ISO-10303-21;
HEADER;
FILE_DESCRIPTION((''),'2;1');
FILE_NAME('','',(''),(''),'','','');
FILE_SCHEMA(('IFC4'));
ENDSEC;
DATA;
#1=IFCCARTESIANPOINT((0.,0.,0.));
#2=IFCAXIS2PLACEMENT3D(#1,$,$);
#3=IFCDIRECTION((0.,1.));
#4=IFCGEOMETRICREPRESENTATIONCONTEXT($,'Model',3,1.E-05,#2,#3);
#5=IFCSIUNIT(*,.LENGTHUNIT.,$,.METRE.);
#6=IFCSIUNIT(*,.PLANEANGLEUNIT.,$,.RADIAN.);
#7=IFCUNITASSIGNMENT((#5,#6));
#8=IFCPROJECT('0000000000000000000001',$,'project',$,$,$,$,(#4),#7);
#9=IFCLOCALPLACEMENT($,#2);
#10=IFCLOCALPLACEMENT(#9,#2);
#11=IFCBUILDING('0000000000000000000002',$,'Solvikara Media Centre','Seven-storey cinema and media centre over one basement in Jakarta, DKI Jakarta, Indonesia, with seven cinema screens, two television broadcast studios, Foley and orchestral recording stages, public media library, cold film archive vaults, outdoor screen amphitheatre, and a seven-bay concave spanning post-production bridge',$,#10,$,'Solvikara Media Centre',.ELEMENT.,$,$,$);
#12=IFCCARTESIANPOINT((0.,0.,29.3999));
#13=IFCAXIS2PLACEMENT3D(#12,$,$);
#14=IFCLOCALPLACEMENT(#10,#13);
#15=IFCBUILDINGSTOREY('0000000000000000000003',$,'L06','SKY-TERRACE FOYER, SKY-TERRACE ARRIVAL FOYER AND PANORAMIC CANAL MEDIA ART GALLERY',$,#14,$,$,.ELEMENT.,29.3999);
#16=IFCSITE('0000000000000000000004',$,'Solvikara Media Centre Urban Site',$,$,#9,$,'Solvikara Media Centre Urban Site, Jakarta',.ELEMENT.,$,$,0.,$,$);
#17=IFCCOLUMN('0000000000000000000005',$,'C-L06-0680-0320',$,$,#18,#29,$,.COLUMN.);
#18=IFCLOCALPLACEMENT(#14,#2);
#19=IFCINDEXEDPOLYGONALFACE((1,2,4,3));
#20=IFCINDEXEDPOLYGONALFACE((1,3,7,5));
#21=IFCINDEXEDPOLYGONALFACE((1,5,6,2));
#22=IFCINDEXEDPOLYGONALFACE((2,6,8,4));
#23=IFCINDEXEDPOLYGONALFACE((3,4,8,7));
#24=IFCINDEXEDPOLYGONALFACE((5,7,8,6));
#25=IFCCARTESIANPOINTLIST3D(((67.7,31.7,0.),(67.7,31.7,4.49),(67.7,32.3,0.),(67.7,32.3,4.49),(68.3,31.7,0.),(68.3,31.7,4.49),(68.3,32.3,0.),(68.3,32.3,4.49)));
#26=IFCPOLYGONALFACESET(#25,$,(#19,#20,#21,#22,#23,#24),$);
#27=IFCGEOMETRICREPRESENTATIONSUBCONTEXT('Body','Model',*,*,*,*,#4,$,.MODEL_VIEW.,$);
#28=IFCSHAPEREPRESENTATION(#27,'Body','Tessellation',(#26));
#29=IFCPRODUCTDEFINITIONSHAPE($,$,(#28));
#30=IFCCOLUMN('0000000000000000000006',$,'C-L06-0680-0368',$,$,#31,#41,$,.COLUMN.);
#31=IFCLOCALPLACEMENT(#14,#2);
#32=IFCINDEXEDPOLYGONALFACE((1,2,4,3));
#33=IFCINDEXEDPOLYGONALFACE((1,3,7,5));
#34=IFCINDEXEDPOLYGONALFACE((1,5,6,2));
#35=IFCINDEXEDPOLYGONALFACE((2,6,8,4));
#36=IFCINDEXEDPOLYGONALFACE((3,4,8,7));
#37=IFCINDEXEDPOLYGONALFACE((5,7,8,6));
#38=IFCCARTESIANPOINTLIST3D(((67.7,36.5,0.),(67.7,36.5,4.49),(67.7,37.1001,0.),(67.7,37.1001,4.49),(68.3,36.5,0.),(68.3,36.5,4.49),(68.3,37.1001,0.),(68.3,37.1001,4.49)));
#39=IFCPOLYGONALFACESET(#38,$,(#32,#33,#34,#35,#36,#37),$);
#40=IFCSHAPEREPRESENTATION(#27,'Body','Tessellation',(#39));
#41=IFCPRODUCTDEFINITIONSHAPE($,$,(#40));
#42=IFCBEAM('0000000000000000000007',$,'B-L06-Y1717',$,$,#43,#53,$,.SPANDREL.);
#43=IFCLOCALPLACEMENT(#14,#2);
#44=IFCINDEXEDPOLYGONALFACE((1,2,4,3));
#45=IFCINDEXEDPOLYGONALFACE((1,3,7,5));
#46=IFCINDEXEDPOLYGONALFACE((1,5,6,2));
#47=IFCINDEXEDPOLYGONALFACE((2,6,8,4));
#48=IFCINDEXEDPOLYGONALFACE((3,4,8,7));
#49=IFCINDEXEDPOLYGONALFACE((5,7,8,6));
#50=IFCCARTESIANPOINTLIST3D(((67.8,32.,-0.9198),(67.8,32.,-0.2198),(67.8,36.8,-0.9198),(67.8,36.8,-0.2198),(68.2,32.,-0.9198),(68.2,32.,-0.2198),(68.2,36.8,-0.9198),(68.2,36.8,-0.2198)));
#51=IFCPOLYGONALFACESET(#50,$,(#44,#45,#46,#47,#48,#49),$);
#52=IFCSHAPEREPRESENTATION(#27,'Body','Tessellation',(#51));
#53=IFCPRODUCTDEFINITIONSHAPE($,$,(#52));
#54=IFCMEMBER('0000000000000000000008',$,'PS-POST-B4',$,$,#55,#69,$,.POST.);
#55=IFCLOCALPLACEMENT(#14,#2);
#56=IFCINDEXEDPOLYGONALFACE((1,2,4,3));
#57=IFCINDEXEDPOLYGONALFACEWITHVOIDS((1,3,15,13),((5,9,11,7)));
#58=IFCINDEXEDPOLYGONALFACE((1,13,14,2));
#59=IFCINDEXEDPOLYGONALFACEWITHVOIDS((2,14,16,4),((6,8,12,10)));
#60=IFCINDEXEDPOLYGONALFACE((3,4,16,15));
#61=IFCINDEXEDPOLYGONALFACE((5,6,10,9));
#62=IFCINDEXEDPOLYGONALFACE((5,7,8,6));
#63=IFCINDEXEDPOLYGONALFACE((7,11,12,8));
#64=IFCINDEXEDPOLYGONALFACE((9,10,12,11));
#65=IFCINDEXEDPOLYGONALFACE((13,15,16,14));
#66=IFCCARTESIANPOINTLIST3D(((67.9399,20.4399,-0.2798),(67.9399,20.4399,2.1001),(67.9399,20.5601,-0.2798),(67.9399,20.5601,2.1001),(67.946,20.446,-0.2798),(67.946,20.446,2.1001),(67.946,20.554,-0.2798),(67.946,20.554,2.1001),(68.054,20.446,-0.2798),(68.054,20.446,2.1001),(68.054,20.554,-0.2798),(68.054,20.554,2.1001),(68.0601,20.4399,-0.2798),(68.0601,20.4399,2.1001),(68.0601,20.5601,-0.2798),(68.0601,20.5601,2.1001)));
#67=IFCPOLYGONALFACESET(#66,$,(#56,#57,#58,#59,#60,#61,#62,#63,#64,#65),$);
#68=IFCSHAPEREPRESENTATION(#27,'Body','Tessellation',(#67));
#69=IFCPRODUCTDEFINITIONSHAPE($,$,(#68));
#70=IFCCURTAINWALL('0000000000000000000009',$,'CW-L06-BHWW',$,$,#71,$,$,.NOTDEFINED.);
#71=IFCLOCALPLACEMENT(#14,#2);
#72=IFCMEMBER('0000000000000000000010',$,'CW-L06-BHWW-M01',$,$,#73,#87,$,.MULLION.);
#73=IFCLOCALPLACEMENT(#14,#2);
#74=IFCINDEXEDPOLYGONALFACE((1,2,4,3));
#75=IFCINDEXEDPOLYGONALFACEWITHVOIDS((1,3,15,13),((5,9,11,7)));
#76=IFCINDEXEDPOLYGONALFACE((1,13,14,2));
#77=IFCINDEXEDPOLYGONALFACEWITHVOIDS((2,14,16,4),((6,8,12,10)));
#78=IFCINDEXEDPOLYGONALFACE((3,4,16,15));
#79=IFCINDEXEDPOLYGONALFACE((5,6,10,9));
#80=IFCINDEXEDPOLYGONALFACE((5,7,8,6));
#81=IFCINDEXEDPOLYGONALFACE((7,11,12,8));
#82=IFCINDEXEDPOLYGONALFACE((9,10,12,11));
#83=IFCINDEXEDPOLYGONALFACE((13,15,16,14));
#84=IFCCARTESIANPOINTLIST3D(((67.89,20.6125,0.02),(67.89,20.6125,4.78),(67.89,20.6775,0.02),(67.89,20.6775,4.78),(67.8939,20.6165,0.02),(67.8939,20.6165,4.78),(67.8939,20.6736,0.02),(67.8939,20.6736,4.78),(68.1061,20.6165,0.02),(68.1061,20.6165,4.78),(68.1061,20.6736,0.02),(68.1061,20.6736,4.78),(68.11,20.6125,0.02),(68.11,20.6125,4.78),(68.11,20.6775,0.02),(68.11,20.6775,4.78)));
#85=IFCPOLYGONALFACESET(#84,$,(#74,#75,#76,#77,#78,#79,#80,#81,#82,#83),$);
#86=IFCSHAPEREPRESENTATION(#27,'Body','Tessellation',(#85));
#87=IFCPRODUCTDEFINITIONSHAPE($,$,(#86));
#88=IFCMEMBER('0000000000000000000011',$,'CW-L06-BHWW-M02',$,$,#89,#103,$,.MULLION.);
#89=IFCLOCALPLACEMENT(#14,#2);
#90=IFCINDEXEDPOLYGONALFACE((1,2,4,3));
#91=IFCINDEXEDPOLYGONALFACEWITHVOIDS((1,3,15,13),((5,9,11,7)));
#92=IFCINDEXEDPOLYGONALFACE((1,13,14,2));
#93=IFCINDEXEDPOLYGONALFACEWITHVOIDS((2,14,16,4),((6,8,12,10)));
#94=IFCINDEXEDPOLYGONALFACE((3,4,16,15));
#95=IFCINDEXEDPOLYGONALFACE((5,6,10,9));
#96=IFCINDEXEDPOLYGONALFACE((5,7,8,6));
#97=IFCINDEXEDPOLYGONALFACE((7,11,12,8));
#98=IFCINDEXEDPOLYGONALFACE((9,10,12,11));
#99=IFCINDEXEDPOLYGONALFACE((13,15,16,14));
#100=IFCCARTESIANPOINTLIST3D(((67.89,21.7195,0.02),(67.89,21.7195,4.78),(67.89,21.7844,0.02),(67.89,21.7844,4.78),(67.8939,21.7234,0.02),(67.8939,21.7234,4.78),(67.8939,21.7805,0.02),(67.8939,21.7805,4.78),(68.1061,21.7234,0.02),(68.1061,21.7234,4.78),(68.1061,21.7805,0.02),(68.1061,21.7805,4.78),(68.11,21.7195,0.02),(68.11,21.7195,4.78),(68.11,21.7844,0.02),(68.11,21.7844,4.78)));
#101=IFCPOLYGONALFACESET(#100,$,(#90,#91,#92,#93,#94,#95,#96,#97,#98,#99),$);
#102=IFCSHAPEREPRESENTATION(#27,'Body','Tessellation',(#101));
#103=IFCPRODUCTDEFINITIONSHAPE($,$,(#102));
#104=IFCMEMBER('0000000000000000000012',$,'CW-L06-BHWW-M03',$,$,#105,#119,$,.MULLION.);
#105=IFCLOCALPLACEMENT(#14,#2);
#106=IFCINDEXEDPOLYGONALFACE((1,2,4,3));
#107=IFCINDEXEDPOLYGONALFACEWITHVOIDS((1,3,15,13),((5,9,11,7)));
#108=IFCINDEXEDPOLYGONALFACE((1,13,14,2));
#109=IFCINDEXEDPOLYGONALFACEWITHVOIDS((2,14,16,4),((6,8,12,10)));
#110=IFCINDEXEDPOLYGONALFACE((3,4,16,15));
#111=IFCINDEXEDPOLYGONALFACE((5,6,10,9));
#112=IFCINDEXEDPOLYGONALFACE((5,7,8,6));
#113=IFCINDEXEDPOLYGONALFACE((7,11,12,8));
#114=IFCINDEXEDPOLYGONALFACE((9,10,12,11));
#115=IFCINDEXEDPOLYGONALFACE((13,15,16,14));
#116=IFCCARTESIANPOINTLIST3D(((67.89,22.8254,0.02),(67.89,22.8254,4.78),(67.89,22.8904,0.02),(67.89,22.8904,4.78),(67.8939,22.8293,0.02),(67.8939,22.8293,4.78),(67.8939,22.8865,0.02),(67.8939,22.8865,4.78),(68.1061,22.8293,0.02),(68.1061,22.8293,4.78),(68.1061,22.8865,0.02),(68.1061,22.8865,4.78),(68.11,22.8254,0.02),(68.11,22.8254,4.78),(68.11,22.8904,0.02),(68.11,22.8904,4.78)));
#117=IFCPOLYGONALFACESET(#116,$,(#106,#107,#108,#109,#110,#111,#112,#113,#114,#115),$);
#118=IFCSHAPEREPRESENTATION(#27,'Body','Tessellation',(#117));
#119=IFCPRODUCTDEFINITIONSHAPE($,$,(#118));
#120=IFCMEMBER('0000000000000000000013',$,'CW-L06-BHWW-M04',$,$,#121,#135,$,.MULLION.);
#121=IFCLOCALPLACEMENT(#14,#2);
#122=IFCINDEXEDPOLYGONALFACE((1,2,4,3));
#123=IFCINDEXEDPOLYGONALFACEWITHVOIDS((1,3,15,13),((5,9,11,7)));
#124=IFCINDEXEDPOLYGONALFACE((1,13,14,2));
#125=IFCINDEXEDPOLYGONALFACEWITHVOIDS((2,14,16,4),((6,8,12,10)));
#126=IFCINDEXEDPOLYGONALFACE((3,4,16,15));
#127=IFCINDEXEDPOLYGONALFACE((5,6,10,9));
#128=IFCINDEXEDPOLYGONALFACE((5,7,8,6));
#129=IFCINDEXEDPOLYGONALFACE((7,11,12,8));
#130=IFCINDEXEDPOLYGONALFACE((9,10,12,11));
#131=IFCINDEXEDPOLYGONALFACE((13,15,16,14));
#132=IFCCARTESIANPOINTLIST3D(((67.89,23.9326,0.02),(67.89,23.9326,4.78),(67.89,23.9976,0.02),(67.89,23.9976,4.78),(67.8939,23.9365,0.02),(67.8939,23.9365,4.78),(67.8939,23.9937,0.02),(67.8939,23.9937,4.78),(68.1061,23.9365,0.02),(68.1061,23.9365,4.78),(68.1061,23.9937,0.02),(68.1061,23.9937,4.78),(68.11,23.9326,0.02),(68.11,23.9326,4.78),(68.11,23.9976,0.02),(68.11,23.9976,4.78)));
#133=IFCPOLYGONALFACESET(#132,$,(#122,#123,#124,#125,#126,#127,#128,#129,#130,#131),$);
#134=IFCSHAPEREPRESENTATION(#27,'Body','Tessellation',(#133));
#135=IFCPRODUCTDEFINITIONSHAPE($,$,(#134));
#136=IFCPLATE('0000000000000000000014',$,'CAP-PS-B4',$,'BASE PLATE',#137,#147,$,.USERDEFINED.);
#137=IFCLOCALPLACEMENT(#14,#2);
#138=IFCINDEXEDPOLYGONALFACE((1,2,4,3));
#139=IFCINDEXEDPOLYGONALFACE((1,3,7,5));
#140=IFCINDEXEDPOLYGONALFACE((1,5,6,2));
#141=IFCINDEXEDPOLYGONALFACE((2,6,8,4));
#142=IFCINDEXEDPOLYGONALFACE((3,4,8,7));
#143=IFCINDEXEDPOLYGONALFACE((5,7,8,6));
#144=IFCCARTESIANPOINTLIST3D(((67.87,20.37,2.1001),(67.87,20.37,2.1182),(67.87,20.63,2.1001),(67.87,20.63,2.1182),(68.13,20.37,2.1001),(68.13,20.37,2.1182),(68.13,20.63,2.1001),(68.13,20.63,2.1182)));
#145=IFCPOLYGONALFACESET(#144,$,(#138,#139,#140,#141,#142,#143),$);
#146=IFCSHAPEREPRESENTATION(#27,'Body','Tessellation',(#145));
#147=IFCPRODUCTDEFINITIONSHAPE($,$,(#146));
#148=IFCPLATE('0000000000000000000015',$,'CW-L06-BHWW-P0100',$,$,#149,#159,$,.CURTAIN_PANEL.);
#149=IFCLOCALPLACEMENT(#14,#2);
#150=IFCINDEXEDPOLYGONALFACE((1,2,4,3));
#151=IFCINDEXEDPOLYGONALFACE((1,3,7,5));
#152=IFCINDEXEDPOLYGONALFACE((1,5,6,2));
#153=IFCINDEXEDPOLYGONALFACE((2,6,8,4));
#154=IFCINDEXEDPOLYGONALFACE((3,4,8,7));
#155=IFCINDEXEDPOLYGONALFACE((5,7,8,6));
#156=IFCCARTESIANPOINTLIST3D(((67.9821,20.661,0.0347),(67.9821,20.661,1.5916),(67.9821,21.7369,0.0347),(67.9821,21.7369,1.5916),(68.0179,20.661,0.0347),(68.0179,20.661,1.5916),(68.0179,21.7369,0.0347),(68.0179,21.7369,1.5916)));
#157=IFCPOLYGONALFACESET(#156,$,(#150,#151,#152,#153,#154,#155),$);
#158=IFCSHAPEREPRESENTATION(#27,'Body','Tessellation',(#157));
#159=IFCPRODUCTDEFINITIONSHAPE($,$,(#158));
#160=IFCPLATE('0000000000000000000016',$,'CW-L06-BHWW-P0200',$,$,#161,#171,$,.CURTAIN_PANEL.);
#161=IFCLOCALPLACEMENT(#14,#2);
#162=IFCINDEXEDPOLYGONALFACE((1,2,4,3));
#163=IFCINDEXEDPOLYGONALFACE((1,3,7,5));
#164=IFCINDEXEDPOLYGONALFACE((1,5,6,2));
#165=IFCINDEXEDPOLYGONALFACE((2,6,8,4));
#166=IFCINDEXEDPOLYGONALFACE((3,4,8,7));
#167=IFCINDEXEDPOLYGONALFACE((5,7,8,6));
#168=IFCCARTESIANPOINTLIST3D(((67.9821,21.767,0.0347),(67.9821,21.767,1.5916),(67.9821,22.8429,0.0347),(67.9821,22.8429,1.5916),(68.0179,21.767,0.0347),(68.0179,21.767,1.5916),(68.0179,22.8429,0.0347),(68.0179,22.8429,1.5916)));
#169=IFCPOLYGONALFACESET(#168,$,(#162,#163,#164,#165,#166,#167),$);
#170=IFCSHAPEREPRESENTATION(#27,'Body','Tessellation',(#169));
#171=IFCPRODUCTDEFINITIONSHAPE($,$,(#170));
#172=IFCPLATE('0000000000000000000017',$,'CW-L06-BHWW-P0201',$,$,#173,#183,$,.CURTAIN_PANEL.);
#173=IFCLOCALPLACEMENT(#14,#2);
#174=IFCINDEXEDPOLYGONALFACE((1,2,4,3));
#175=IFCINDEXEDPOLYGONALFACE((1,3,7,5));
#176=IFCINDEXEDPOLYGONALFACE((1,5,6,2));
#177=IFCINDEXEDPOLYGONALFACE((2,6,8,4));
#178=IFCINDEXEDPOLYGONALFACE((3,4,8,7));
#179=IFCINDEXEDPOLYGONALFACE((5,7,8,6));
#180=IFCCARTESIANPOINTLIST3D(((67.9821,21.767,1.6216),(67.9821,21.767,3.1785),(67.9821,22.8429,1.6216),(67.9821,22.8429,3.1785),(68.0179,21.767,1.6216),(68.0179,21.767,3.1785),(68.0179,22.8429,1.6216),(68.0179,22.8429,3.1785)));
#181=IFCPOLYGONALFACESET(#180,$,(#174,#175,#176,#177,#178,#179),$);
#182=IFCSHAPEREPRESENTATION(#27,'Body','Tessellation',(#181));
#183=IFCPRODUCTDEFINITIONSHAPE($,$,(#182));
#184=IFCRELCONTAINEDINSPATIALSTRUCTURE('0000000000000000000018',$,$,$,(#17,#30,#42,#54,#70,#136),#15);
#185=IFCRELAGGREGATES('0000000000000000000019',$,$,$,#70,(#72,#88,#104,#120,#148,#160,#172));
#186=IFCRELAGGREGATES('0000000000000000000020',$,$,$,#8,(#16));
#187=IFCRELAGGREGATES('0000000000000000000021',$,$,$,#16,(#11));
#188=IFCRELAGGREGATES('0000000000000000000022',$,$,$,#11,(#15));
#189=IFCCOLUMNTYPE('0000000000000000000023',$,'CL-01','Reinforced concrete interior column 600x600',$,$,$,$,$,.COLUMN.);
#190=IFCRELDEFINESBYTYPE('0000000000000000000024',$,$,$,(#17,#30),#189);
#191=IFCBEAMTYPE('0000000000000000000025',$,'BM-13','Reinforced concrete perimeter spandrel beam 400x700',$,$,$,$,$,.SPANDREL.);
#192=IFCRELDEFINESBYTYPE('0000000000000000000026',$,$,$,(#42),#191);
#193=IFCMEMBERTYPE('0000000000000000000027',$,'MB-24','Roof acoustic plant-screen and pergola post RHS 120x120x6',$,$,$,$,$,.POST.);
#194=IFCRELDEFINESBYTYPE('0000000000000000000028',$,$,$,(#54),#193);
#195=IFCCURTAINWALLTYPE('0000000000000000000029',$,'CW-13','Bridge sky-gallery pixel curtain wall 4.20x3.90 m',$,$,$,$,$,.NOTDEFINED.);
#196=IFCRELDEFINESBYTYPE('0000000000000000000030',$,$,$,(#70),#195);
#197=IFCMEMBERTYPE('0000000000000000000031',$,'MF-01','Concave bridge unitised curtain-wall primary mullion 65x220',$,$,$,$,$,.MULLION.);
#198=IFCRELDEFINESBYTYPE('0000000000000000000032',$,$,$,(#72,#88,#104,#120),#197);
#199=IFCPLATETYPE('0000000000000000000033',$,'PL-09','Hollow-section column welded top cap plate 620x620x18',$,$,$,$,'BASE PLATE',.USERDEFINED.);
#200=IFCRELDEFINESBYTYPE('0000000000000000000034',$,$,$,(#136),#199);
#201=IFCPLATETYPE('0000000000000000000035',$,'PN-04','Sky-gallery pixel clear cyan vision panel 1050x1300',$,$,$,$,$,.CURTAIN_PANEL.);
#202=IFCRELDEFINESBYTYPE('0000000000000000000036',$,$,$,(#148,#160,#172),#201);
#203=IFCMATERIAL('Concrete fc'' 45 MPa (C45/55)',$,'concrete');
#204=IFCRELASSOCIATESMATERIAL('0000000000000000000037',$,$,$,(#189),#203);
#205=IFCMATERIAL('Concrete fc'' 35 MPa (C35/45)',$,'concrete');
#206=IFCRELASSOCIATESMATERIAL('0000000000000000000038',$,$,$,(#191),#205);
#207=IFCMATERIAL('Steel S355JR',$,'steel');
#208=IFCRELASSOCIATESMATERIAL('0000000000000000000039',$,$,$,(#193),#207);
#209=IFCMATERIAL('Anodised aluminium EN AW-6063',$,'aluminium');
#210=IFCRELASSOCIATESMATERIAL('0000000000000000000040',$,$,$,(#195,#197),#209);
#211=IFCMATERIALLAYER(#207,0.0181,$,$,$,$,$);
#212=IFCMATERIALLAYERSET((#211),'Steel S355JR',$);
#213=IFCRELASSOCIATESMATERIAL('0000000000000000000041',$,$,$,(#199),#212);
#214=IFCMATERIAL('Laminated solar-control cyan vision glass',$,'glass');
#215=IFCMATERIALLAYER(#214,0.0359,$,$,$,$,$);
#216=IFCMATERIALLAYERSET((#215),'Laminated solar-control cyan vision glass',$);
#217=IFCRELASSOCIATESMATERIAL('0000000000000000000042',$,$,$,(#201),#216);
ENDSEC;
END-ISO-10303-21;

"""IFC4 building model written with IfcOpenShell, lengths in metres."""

from ifc_helpers import new_model, si_unit, direction, frame, origin, origin_2d, place, context, subcontext, project, spatial, rectangle, hollow_rectangle, extrude, material, layer, layer_set, material_profile, profile_set, type_object, element, aggregate, save


model = new_model("IFC4")

# Units and contexts
model_context = context("Model", 3, precision=1e-05, world=origin(), true_north=direction((0.0, 1.0)))
body_context = subcontext(model_context, "Body", "Model", "MODEL_VIEW")
ifc_project = project(units=[si_unit("LENGTHUNIT", "METRE"), si_unit("PLANEANGLEUNIT", "RADIAN")], contexts=[model_context])

# Site, building, storey
site_placement = place(None, origin())
site = spatial("IfcSite", under=ifc_project, at=site_placement, Name="Solvikara Media Centre Urban Site", LongName="Solvikara Media Centre Urban Site, Jakarta", CompositionType="ELEMENT", RefElevation=0.0)
building_placement = place(site_placement, origin())
building = spatial("IfcBuilding", under=site, at=building_placement, Name="Solvikara Media Centre", Description="Seven-storey cinema and media centre over one basement in Jakarta, DKI Jakarta, Indonesia, with seven cinema screens, two television broadcast studios, Foley and orchestral recording stages, public media library, cold film archive vaults, outdoor screen amphitheatre, and a seven-bay concave spanning post-production bridge", LongName="Solvikara Media Centre", CompositionType="ELEMENT")
storey_placement = place(building_placement, frame((0.0, 0.0, 29.3999)))
storey = spatial("IfcBuildingStorey", under=building, at=storey_placement, Name="L06", Description="SKY-TERRACE FOYER, SKY-TERRACE ARRIVAL FOYER AND PANORAMIC CANAL MEDIA ART GALLERY", CompositionType="ELEMENT", Elevation=29.3999)

# Columns
ifc_material_1 = material(Name="Concrete fc' 45 MPa (C45/55)", Category="concrete")
ifc_material_profile_1 = material_profile(ifc_material_1, rectangle(XDim=0.6001, YDim=0.6001, at=origin_2d()), Name="RC 600x600")
ifc_profile_set_1 = profile_set([ifc_material_profile_1], Name="Concrete fc' 45 MPa (C45/55)")
column_type = type_object("IfcColumnType", Name="CL-01", Description="Reinforced concrete interior column 600x600", PredefinedType="COLUMN", material=ifc_profile_set_1)
for number, where, z_axis, x_axis, name in (
    (1, (68.0, 32.0, 0.0), (0.0, 0.0, 1.0), (1.0, 0.0, 0.0), "C-L06-0680-0320"),
    (2, (68.0, 36.8, 0.0), (0.0, 0.0, 1.0), (1.0, 0.0, 0.0), "C-L06-0680-0368"),
):
    element("IfcColumn", number, at=place(storey_placement, frame(where, z_axis=z_axis, x_axis=x_axis)), inside=storey, type_object=column_type, Name=name, PredefinedType="COLUMN", context=body_context, shape_type="SweptSolid", body=[
        extrude(rectangle(XDim=0.6001, YDim=0.6001, at=origin_2d()), origin(), (0.0, 0.0, 1.0), 4.49),
    ])

# Beam
ifc_material_2 = material(Name="Concrete fc' 35 MPa (C35/45)", Category="concrete")
ifc_material_profile_2 = material_profile(ifc_material_2, rectangle(XDim=0.3999, YDim=0.7, at=origin_2d()), Name="RC 400x700")
ifc_profile_set_2 = profile_set([ifc_material_profile_2], Name="Concrete fc' 35 MPa (C35/45)")
beam_type = type_object("IfcBeamType", Name="BM-13", Description="Reinforced concrete perimeter spandrel beam 400x700", PredefinedType="SPANDREL", material=ifc_profile_set_2)
beam_placement = place(storey_placement, frame((68.0, 32.0, -0.5698), z_axis=(0.0, 1.0, 0.0), x_axis=(-1.0, 0.0, 0.0)))
element("IfcBeam", 3, at=beam_placement, inside=storey, type_object=beam_type, Name="B-L06-Y1717", PredefinedType="SPANDREL", context=body_context, shape_type="SweptSolid", body=[
    extrude(rectangle(XDim=0.3999, YDim=0.7, at=origin_2d()), origin(), (0.0, 0.0, 1.0), 4.8),
])

# Member
ifc_material_3 = material(Name="Steel S355JR", Category="steel")
ifc_material_profile_3 = material_profile(ifc_material_3, hollow_rectangle(XDim=0.1201, YDim=0.1201, WallThickness=0.0061, at=origin_2d()), Name="RHS 120x120x6")
ifc_profile_set_3 = profile_set([ifc_material_profile_3], Name="Steel S355JR")
member_type_1 = type_object("IfcMemberType", Name="MB-24", Description="Roof acoustic plant-screen and pergola post RHS 120x120x6", PredefinedType="POST", material=ifc_profile_set_3)
member_1_placement = place(storey_placement, frame((68.0, 20.5, -0.2798), z_axis=(0.0, 0.0, 1.0), x_axis=(1.0, 0.0, 0.0)))
element("IfcMember", 4, at=member_1_placement, inside=storey, type_object=member_type_1, Name="PS-POST-B4", PredefinedType="POST", context=body_context, shape_type="SweptSolid", body=[
    extrude(hollow_rectangle(XDim=0.1201, YDim=0.1201, WallThickness=0.0061, at=origin_2d()), origin(), (0.0, 0.0, 1.0), 2.3799),
])

# Curtain wall, members
ifc_material_4 = material(Name="Anodised aluminium EN AW-6063", Category="aluminium")
curtain_wall_type = type_object("IfcCurtainWallType", Name="CW-13", Description="Bridge sky-gallery pixel curtain wall 4.20x3.90 m", PredefinedType="NOTDEFINED", material=ifc_material_4)
curtain_wall_placement = place(storey_placement, origin())
curtain_wall = element("IfcCurtainWall", 5, at=curtain_wall_placement, inside=storey, type_object=curtain_wall_type, Name="CW-L06-BHWW", PredefinedType="NOTDEFINED")
ifc_material_profile_4 = material_profile(ifc_material_4, hollow_rectangle(XDim=0.0649, YDim=0.22, WallThickness=0.0039, at=origin_2d()), Name="ALU-M 65x220x4")
ifc_profile_set_4 = profile_set([ifc_material_profile_4], Name="Anodised aluminium EN AW-6063")
member_type_2 = type_object("IfcMemberType", Name="MF-01", Description="Concave bridge unitised curtain-wall primary mullion 65x220", PredefinedType="MULLION", material=ifc_profile_set_4)
member_2_placement = place(storey_placement, frame((68.0, 20.645, 0.02), z_axis=(0.0, 0.0, 1.0), x_axis=(0.0, 1.0, 0.0)))
member_2 = element("IfcMember", 6, at=member_2_placement, type_object=member_type_2, Name="CW-L06-BHWW-M01", PredefinedType="MULLION", context=body_context, shape_type="SweptSolid", body=[
    extrude(hollow_rectangle(XDim=0.0649, YDim=0.22, WallThickness=0.0039, at=origin_2d()), origin(), (0.0, 0.0, 1.0), 4.76),
])
member_3_placement = place(storey_placement, frame((68.0, 21.752, 0.02), z_axis=(0.0, 0.0, 1.0), x_axis=(0.0, 1.0, 0.0)))
member_3 = element("IfcMember", 7, at=member_3_placement, type_object=member_type_2, Name="CW-L06-BHWW-M02", PredefinedType="MULLION", context=body_context, shape_type="SweptSolid", body=[
    extrude(hollow_rectangle(XDim=0.0649, YDim=0.22, WallThickness=0.0039, at=origin_2d()), origin(), (0.0, 0.0, 1.0), 4.76),
])
member_4_placement = place(storey_placement, frame((68.0, 22.8579, 0.02), z_axis=(0.0, 0.0, 1.0), x_axis=(0.0, 1.0, 0.0)))
member_4 = element("IfcMember", 8, at=member_4_placement, type_object=member_type_2, Name="CW-L06-BHWW-M03", PredefinedType="MULLION", context=body_context, shape_type="SweptSolid", body=[
    extrude(hollow_rectangle(XDim=0.0649, YDim=0.22, WallThickness=0.0039, at=origin_2d()), origin(), (0.0, 0.0, 1.0), 4.76),
])
member_5_placement = place(storey_placement, frame((68.0, 23.9651, 0.02), z_axis=(0.0, 0.0, 1.0), x_axis=(0.0, 1.0, 0.0)))
member_5 = element("IfcMember", 9, at=member_5_placement, type_object=member_type_2, Name="CW-L06-BHWW-M04", PredefinedType="MULLION", context=body_context, shape_type="SweptSolid", body=[
    extrude(hollow_rectangle(XDim=0.0649, YDim=0.22, WallThickness=0.0039, at=origin_2d()), origin(), (0.0, 0.0, 1.0), 4.76),
])

# Plates
ifc_layer_1 = layer(ifc_material_3, 0.0181)
ifc_layer_set_1 = layer_set([ifc_layer_1], Name="Steel S355JR")
plate_type_1 = type_object("IfcPlateType", Name="PL-09", Description="Hollow-section column welded top cap plate 620x620x18", ElementType="BASE PLATE", PredefinedType="USERDEFINED", material=ifc_layer_set_1)
plate_1_placement = place(storey_placement, frame((68.0, 20.5, 2.1001), z_axis=(0.0, 0.0, 1.0), x_axis=(1.0, 0.0, 0.0)))
element("IfcPlate", 10, at=plate_1_placement, inside=storey, type_object=plate_type_1, Name="CAP-PS-B4", ObjectType="BASE PLATE", PredefinedType="USERDEFINED", context=body_context, shape_type="SweptSolid", body=[
    extrude(rectangle(XDim=0.26, YDim=0.26, at=origin_2d()), origin(), (0.0, 0.0, 1.0), 0.0181),
])
ifc_material_5 = material(Name="Laminated solar-control cyan vision glass", Category="glass")
ifc_layer_2 = layer(ifc_material_5, 0.0359)
ifc_layer_set_2 = layer_set([ifc_layer_2], Name="Laminated solar-control cyan vision glass")
plate_type_2 = type_object("IfcPlateType", Name="PN-04", Description="Sky-gallery pixel clear cyan vision panel 1050x1300", PredefinedType="CURTAIN_PANEL", material=ifc_layer_set_2)
plate_2_placement = place(storey_placement, frame((68.0, 21.199, 0.0347), z_axis=(0.0, 0.0, 1.0), x_axis=(0.0, 1.0, 0.0)))
plate_2 = element("IfcPlate", 11, at=plate_2_placement, type_object=plate_type_2, Name="CW-L06-BHWW-P0100", PredefinedType="CURTAIN_PANEL", context=body_context, shape_type="SweptSolid", body=[
    extrude(rectangle(XDim=1.0759, YDim=0.0359, at=origin_2d()), origin(), (0.0, 0.0, 1.0), 1.5569),
])
plate_3_placement = place(storey_placement, frame((68.0, 22.3049, 0.0347), z_axis=(0.0, 0.0, 1.0), x_axis=(0.0, 1.0, 0.0)))
plate_3 = element("IfcPlate", 12, at=plate_3_placement, type_object=plate_type_2, Name="CW-L06-BHWW-P0200", PredefinedType="CURTAIN_PANEL", context=body_context, shape_type="SweptSolid", body=[
    extrude(rectangle(XDim=1.0759, YDim=0.0359, at=origin_2d()), origin(), (0.0, 0.0, 1.0), 1.5569),
])
plate_4_placement = place(storey_placement, frame((68.0, 22.3049, 1.6216), z_axis=(0.0, 0.0, 1.0), x_axis=(0.0, 1.0, 0.0)))
plate_4 = element("IfcPlate", 13, at=plate_4_placement, type_object=plate_type_2, Name="CW-L06-BHWW-P0201", PredefinedType="CURTAIN_PANEL", context=body_context, shape_type="SweptSolid", body=[
    extrude(rectangle(XDim=1.0759, YDim=0.0359, at=origin_2d()), origin(), (0.0, 0.0, 1.0), 1.5569),
])
aggregate(curtain_wall, [member_2, member_3, member_4, member_5, plate_2, plate_3, plate_4])

save(model, "model.ifc")
